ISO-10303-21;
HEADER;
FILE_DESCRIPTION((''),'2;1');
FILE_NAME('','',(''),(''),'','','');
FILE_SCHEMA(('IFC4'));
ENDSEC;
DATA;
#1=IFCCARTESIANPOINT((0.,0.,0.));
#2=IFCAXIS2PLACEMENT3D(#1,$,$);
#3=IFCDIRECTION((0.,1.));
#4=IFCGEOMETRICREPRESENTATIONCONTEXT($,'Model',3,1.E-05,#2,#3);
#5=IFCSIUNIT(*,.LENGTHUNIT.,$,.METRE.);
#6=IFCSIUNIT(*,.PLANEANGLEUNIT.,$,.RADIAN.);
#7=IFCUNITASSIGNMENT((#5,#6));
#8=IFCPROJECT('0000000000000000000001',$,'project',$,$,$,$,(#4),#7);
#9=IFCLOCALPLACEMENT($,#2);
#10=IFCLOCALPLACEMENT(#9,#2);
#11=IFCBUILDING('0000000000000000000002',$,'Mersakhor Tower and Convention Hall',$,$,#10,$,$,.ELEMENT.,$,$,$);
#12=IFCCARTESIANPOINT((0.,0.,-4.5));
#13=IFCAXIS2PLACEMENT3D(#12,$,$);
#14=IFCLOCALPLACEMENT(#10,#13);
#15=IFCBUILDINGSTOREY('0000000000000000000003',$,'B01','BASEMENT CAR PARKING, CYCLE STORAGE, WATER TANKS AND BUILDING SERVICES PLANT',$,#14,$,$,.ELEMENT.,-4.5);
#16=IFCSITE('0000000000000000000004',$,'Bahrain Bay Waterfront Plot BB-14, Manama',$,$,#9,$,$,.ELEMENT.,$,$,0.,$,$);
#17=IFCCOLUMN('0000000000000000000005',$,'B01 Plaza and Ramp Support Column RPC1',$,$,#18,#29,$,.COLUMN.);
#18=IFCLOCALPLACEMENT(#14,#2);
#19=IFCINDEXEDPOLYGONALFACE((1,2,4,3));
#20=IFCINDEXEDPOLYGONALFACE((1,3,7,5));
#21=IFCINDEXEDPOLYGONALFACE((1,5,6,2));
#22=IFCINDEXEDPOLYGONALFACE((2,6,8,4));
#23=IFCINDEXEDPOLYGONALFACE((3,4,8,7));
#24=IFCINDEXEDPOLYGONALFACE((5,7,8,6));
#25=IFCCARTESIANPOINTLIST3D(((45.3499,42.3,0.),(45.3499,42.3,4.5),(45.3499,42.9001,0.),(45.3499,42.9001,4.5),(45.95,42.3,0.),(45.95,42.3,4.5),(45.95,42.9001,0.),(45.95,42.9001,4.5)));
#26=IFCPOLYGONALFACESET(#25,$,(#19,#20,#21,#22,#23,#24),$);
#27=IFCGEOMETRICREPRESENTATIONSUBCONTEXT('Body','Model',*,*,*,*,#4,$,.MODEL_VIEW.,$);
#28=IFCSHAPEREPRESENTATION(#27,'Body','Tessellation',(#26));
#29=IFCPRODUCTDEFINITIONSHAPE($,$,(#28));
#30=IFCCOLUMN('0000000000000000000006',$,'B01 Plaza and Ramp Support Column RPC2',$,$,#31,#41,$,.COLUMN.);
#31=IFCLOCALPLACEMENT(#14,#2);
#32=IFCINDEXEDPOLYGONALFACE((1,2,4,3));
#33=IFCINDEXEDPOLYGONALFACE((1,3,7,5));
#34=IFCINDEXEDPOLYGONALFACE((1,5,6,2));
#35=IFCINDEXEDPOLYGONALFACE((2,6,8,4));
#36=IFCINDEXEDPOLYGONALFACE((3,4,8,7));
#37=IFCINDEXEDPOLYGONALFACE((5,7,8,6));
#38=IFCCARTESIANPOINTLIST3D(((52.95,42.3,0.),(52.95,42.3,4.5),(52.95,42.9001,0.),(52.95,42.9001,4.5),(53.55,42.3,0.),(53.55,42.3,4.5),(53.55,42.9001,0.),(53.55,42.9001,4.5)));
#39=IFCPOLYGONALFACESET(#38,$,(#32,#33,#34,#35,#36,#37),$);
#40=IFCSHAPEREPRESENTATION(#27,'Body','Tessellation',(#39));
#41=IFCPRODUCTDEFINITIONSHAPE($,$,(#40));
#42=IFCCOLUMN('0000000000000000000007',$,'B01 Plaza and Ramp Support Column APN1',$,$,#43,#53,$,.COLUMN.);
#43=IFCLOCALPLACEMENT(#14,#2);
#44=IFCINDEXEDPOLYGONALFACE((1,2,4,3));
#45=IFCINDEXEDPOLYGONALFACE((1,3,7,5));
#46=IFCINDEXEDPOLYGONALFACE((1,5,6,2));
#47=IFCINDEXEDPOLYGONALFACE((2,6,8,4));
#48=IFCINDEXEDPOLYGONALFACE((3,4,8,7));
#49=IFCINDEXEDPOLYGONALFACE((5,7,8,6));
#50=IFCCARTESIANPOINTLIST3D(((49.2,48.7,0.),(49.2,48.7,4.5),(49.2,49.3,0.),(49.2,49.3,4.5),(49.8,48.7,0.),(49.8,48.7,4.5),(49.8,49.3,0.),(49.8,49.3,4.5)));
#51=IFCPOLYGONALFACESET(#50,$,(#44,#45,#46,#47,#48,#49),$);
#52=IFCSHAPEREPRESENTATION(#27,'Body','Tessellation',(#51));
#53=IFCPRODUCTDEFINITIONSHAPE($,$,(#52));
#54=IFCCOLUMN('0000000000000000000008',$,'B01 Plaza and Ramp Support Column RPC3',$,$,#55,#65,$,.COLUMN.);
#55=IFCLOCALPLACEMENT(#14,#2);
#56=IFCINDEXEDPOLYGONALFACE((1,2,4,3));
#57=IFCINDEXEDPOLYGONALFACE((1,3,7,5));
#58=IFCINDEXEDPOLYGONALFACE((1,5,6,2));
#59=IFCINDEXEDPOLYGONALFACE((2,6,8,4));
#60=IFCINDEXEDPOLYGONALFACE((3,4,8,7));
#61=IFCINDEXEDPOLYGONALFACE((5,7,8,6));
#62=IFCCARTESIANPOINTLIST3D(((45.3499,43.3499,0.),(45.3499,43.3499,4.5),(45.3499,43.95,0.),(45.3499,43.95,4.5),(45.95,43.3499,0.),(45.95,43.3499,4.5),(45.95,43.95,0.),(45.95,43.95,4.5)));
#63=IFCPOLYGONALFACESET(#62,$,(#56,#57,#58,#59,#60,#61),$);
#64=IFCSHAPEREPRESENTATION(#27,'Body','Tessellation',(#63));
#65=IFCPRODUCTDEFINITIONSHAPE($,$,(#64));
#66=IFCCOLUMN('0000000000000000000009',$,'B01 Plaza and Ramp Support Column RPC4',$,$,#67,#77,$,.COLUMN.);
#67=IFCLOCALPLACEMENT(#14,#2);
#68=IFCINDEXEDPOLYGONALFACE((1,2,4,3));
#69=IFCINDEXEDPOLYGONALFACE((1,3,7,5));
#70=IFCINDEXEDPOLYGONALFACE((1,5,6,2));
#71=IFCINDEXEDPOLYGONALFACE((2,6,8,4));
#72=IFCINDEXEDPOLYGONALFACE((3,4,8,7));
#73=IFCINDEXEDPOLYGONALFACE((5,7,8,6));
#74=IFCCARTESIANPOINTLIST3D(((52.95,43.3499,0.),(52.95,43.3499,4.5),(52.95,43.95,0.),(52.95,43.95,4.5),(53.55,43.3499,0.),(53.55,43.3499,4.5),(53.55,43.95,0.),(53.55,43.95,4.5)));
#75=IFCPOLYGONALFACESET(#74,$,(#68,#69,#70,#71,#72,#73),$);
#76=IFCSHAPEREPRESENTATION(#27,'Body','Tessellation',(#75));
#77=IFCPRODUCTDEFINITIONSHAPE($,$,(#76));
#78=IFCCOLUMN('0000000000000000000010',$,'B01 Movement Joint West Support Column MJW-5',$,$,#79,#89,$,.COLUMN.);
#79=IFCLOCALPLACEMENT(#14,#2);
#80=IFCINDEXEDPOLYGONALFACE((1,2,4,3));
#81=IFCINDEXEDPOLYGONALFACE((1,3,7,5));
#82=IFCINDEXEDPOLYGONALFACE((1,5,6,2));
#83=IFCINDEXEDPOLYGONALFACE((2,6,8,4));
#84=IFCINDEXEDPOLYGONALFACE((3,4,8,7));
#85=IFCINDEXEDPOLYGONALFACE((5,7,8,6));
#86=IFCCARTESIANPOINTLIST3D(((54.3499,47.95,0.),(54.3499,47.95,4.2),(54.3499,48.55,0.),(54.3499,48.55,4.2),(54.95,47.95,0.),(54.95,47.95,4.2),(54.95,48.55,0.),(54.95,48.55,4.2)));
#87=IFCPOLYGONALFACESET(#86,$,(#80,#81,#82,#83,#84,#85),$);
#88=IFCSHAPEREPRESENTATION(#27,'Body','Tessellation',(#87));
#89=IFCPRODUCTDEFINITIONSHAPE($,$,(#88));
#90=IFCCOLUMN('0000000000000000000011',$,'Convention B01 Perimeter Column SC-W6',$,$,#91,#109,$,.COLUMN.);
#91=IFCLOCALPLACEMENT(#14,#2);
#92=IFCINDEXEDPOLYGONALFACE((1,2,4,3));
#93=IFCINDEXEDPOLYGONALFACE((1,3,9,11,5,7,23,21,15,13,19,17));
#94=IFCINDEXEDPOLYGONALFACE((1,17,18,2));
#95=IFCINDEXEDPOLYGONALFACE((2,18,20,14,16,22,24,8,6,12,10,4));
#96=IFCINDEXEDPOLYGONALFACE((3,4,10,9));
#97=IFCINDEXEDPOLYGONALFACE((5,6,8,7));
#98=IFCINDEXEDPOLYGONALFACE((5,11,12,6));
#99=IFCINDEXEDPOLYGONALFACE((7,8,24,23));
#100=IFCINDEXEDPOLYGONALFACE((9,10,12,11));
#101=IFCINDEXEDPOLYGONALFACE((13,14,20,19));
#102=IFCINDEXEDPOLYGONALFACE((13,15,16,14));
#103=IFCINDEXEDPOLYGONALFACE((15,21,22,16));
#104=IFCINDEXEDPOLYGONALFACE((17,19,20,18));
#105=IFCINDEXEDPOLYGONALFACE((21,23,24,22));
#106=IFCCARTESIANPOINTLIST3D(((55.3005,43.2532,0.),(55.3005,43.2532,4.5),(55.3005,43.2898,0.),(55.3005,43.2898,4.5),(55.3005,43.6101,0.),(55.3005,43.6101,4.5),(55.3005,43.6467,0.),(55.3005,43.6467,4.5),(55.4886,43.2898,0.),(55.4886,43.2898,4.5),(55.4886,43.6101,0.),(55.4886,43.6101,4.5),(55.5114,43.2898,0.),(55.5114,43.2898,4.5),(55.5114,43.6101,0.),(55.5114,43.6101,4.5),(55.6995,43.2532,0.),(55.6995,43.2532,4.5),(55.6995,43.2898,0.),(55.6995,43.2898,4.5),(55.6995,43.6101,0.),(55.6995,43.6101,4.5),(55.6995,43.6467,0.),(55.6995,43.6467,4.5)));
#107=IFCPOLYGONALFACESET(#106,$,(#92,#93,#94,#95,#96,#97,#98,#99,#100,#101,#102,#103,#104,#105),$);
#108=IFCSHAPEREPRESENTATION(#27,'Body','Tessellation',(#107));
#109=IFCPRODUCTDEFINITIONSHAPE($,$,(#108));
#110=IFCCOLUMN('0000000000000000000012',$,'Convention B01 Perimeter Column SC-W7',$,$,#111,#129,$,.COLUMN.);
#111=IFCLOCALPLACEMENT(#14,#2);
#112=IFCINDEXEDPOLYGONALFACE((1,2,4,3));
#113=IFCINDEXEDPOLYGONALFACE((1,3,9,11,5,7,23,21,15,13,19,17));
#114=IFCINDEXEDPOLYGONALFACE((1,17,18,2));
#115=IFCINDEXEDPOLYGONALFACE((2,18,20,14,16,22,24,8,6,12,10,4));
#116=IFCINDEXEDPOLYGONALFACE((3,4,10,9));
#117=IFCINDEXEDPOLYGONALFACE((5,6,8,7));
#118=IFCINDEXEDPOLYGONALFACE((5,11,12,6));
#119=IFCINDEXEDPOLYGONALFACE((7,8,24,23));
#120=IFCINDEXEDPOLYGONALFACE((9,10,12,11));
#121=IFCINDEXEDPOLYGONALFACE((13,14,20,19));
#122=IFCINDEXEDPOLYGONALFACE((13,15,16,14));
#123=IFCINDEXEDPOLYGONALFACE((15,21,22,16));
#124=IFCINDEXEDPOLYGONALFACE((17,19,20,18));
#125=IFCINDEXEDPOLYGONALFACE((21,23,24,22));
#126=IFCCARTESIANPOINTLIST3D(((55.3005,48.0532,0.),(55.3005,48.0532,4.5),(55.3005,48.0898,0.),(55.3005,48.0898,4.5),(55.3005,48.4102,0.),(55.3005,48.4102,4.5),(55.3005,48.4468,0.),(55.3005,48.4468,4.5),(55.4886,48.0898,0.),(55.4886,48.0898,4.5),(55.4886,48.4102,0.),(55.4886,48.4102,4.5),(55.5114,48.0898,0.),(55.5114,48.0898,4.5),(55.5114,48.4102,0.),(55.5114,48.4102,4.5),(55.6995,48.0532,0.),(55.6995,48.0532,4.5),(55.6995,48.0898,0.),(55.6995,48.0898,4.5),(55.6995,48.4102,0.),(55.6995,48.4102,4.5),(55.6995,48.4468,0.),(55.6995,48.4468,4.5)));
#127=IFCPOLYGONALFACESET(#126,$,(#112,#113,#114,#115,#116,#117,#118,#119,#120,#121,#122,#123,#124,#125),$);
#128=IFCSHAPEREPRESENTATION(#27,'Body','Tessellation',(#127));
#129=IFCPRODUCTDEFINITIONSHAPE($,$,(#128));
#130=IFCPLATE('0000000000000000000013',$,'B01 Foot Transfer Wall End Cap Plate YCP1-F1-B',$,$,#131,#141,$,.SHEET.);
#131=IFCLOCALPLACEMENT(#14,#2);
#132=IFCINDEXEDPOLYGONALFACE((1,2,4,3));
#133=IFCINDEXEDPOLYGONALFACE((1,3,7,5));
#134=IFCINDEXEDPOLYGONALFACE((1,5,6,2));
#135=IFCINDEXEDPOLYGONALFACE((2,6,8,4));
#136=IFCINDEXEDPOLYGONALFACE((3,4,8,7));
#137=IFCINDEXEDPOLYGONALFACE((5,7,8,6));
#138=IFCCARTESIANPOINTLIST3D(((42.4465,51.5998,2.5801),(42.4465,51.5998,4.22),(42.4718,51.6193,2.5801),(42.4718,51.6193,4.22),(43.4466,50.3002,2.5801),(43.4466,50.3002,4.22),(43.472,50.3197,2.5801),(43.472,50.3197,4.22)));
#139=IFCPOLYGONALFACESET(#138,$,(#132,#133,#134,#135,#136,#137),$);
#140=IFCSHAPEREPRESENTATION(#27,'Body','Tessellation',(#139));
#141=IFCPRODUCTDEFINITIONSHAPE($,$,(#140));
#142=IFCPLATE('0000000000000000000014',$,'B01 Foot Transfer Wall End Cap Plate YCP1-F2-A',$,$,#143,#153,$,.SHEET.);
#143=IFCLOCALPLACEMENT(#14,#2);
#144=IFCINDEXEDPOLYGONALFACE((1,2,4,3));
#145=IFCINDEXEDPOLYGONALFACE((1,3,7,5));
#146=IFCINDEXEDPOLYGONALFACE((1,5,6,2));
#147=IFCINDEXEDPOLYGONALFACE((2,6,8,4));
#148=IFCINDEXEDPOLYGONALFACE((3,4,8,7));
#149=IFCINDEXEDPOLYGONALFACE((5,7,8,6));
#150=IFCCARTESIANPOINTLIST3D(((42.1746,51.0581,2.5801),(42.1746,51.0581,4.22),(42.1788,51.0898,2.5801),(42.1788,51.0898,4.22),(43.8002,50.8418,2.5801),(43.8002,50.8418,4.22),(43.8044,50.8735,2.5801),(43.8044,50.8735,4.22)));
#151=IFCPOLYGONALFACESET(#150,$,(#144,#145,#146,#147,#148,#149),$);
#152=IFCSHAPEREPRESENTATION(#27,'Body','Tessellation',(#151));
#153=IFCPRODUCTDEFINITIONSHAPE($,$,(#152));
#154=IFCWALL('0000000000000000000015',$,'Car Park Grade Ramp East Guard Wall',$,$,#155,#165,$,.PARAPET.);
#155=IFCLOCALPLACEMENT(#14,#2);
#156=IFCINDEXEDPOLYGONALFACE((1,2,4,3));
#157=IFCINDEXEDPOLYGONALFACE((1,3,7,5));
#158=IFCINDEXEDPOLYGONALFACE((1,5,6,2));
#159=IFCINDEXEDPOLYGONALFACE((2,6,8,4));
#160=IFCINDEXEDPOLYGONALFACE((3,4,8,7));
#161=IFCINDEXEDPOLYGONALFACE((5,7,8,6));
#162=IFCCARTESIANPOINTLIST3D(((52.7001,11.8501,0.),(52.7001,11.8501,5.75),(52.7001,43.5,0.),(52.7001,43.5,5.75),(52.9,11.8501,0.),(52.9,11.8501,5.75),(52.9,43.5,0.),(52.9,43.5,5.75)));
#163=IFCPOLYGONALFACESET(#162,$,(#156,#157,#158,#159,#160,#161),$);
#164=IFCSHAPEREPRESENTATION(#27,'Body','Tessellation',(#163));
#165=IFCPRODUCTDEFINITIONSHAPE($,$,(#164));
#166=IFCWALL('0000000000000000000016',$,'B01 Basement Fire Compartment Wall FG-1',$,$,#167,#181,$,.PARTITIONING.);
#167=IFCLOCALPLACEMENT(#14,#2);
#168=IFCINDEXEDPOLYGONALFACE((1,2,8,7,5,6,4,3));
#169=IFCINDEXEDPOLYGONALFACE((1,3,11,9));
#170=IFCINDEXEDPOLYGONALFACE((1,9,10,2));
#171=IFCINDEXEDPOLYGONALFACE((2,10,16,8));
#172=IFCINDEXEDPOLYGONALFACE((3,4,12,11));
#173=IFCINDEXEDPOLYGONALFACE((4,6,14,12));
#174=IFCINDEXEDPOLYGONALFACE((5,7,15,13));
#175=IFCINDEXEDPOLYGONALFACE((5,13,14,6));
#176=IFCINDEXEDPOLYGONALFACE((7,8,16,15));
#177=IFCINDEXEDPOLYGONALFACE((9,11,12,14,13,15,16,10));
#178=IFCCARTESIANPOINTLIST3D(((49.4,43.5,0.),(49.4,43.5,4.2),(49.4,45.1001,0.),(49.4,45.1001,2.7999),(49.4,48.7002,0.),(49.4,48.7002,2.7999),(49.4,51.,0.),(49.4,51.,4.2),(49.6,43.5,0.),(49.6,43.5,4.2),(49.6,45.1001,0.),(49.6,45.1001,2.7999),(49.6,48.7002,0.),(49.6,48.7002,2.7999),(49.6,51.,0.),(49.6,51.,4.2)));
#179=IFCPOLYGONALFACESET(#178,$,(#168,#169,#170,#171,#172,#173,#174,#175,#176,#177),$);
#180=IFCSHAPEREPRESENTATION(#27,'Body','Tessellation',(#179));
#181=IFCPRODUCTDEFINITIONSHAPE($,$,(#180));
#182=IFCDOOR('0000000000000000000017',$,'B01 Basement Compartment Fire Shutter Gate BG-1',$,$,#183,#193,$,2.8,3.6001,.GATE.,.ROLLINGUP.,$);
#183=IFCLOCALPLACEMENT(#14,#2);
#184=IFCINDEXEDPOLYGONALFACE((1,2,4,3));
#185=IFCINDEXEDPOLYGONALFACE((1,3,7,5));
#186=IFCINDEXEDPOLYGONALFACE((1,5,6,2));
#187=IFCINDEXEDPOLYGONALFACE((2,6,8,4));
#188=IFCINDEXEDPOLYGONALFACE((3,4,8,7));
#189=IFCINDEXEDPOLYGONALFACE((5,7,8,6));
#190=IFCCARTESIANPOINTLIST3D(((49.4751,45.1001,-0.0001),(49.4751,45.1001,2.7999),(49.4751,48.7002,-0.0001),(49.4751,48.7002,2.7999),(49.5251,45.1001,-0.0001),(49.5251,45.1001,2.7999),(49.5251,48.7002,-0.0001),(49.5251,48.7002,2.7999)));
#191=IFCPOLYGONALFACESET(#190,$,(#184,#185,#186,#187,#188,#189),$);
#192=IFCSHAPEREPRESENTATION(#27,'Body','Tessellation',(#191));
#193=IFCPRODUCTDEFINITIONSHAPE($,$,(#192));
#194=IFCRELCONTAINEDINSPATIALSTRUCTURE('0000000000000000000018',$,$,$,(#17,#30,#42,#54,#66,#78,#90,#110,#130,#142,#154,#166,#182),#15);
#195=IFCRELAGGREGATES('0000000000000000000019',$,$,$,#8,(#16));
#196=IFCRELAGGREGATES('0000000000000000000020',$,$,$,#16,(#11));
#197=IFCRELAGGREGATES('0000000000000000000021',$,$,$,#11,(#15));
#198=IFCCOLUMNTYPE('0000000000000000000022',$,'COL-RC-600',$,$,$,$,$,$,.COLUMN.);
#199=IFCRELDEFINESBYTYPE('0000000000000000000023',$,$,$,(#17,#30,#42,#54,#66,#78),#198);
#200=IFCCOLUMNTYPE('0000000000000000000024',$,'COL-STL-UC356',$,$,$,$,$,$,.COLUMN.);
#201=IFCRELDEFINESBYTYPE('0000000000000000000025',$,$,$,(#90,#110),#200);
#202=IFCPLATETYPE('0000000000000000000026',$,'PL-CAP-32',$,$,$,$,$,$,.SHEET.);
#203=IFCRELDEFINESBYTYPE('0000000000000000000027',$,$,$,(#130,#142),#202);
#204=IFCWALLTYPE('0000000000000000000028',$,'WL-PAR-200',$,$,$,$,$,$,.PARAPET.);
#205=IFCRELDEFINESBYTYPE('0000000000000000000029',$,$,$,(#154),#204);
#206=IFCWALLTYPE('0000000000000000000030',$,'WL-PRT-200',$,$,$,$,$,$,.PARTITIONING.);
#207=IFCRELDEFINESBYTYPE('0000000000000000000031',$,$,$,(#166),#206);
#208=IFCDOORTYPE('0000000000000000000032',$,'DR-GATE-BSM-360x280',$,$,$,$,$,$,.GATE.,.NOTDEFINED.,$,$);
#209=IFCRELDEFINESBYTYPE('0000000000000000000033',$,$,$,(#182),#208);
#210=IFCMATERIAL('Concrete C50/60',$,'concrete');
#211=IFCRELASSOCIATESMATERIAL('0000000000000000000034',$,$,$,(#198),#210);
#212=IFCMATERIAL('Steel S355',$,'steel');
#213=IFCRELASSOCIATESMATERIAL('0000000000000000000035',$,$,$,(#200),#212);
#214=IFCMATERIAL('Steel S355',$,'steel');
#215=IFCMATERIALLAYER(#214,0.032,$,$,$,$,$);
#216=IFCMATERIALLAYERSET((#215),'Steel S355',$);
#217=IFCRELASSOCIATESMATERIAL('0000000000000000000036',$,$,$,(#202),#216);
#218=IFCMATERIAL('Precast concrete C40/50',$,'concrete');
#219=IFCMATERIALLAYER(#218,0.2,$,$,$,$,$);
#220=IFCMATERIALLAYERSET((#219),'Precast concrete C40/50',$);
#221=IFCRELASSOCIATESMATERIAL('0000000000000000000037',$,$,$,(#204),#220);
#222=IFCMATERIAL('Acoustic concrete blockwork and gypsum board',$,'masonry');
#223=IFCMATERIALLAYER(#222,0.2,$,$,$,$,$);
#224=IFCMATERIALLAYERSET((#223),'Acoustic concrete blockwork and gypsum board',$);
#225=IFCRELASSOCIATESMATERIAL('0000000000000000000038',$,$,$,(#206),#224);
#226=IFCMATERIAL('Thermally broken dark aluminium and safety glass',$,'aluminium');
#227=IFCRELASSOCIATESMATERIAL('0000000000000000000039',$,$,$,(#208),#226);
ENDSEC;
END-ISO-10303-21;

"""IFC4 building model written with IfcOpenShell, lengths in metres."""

from ifc_helpers import new_model, si_unit, direction, frame, frame_2d, origin, origin_2d, place, context, subcontext, project, spatial, rectangle, i_section, extrude, material, layer, layer_set, material_profile, profile_set, type_object, element, fill, save


model = new_model("IFC4")

# Units and contexts
model_context = context("Model", 3, precision=1e-05, world=origin(), true_north=direction((0.0, 1.0)))
body_context = subcontext(model_context, "Body", "Model", "MODEL_VIEW")
ifc_project = project(units=[si_unit("LENGTHUNIT", "METRE"), si_unit("PLANEANGLEUNIT", "RADIAN")], contexts=[model_context])

# Site, building, storey
site_placement = place(None, origin())
site = spatial("IfcSite", under=ifc_project, at=site_placement, Name="Bahrain Bay Waterfront Plot BB-14, Manama", CompositionType="ELEMENT", RefElevation=0.0)
building_placement = place(site_placement, origin())
building = spatial("IfcBuilding", under=site, at=building_placement, Name="Mersakhor Tower and Convention Hall", CompositionType="ELEMENT")
storey_placement = place(building_placement, frame((0.0, 0.0, -4.5)))
storey = spatial("IfcBuildingStorey", under=building, at=storey_placement, Name="B01", Description="BASEMENT CAR PARKING, CYCLE STORAGE, WATER TANKS AND BUILDING SERVICES PLANT", CompositionType="ELEMENT", Elevation=-4.5)

# Columns
ifc_material_1 = material(Name="Concrete C50/60", Category="concrete")
ifc_material_profile_1 = material_profile(ifc_material_1, rectangle(XDim=0.6001, YDim=0.6001, at=origin_2d()), Name="RC 600x600")
ifc_profile_set_1 = profile_set([ifc_material_profile_1], Name="Concrete C50/60")
column_type_1 = type_object("IfcColumnType", Name="COL-RC-600", PredefinedType="COLUMN", material=ifc_profile_set_1)
for number, where, z_axis, x_axis, name in (
    (1, (45.6499, 42.6001, 0.0), (0.0, 0.0, 1.0), (1.0, 0.0, 0.0), "B01 Plaza and Ramp Support Column RPC1"),
    (2, (53.25, 42.6001, 0.0), (0.0, 0.0, 1.0), (1.0, 0.0, 0.0), "B01 Plaza and Ramp Support Column RPC2"),
    (3, (49.5, 49.0, 0.0), (0.0, 0.0, 1.0), (1.0, 0.0, 0.0), "B01 Plaza and Ramp Support Column APN1"),
    (4, (45.6499, 43.6499, 0.0), (0.0, 0.0, 1.0), (1.0, 0.0, 0.0), "B01 Plaza and Ramp Support Column RPC3"),
    (5, (53.25, 43.6499, 0.0), (0.0, 0.0, 1.0), (1.0, 0.0, 0.0), "B01 Plaza and Ramp Support Column RPC4"),
):
    element("IfcColumn", number, at=place(storey_placement, frame(where, z_axis=z_axis, x_axis=x_axis)), inside=storey, type_object=column_type_1, Name=name, PredefinedType="COLUMN", context=body_context, shape_type="SweptSolid", body=[
        extrude(rectangle(XDim=0.6001, YDim=0.6001, at=origin_2d()), origin(), (0.0, 0.0, 1.0), 4.5),
    ])
column_placement = place(storey_placement, frame((54.6499, 48.25, 0.0), z_axis=(0.0, 0.0, 1.0), x_axis=(1.0, 0.0, 0.0)))
element("IfcColumn", 6, at=column_placement, inside=storey, type_object=column_type_1, Name="B01 Movement Joint West Support Column MJW-5", PredefinedType="COLUMN", context=body_context, shape_type="SweptSolid", body=[
    extrude(rectangle(XDim=0.6001, YDim=0.6001, at=origin_2d()), origin(), (0.0, 0.0, 1.0), 4.2),
])
ifc_material_2 = material(Name="Steel S355", Category="steel")
ifc_material_profile_2 = material_profile(ifc_material_2, i_section(OverallWidth=0.3989, OverallDepth=0.3936, WebThickness=0.0227, FlangeThickness=0.0366, at=origin_2d()), Name="UC 356x406x287")
ifc_profile_set_2 = profile_set([ifc_material_profile_2], Name="Steel S355")
column_type_2 = type_object("IfcColumnType", Name="COL-STL-UC356", PredefinedType="COLUMN", material=ifc_profile_set_2)
for number, where, z_axis, x_axis, name in (
    (7, (55.5, 43.45, 0.0), (0.0, 0.0, 1.0), (1.0, 0.0, 0.0), "Convention B01 Perimeter Column SC-W6"),
    (8, (55.5, 48.25, 0.0), (0.0, 0.0, 1.0), (1.0, 0.0, 0.0), "Convention B01 Perimeter Column SC-W7"),
):
    element("IfcColumn", number, at=place(storey_placement, frame(where, z_axis=z_axis, x_axis=x_axis)), inside=storey, type_object=column_type_2, Name=name, PredefinedType="COLUMN", context=body_context, shape_type="SweptSolid", body=[
        extrude(i_section(OverallWidth=0.3989, OverallDepth=0.3936, WebThickness=0.0227, FlangeThickness=0.0366, at=origin_2d()), origin(), (0.0, 0.0, 1.0), 4.5),
    ])

# Plates
ifc_material_3 = material(Name="Steel S355", Category="steel")
ifc_layer_1 = layer(ifc_material_3, 0.032)
ifc_layer_set_1 = layer_set([ifc_layer_1], Name="Steel S355")
plate_type = type_object("IfcPlateType", Name="PL-CAP-32", PredefinedType="SHEET", material=ifc_layer_set_1)
for number, where, z_axis, x_axis, name in (
    (9, (42.9592, 50.9597, 2.5801), (0.0, 0.0, 1.0), (0.792503, 0.609869, 0.0), "B01 Foot Transfer Wall End Cap Plate YCP1-F1-B"),
    (10, (42.9895, 50.9658, 2.5801), (0.0, 0.0, 1.0), (0.13191, 0.991262, 0.0), "B01 Foot Transfer Wall End Cap Plate YCP1-F2-A"),
):
    element("IfcPlate", number, at=place(storey_placement, frame(where, z_axis=z_axis, x_axis=x_axis)), inside=storey, type_object=plate_type, Name=name, PredefinedType="SHEET", context=body_context, shape_type="SweptSolid", body=[
        extrude(rectangle(XDim=0.032, YDim=1.6399, at=origin_2d()), origin(), (0.0, 0.0, 1.0), 1.6399),
    ])

# Wall
ifc_material_4 = material(Name="Precast concrete C40/50", Category="concrete")
ifc_layer_2 = layer(ifc_material_4, 0.2)
ifc_layer_set_2 = layer_set([ifc_layer_2], Name="Precast concrete C40/50")
wall_type_1 = type_object("IfcWallType", Name="WL-PAR-200", PredefinedType="PARAPET", material=ifc_layer_set_2)
wall_1_placement = place(storey_placement, frame((52.8, 43.5, 0.0), z_axis=(0.0, 0.0, 1.0), x_axis=(0.0, -1.0, 0.0)))
element("IfcWall", 11, at=wall_1_placement, inside=storey, type_object=wall_type_1, Name="Car Park Grade Ramp East Guard Wall", PredefinedType="PARAPET", context=body_context, shape_type="SweptSolid", body=[
    extrude(rectangle(XDim=31.6499, YDim=0.2, at=frame_2d((15.825, 0.0))), origin(), (0.0, 0.0, 1.0), 5.75),
])

# Wall, opening, door
ifc_material_5 = material(Name="Acoustic concrete blockwork and gypsum board", Category="masonry")
ifc_layer_3 = layer(ifc_material_5, 0.2)
ifc_layer_set_3 = layer_set([ifc_layer_3], Name="Acoustic concrete blockwork and gypsum board")
wall_type_2 = type_object("IfcWallType", Name="WL-PRT-200", PredefinedType="PARTITIONING", material=ifc_layer_set_3)
wall_2_placement = place(storey_placement, frame((49.5, 43.5, 0.0), z_axis=(0.0, 0.0, 1.0), x_axis=(0.0, 1.0, 0.0)))
wall_2 = element("IfcWall", 12, at=wall_2_placement, inside=storey, type_object=wall_type_2, Name="B01 Basement Fire Compartment Wall FG-1", PredefinedType="PARTITIONING", context=body_context, shape_type="SweptSolid", body=[
    extrude(rectangle(XDim=7.5, YDim=0.2, at=frame_2d((3.75, 0.0))), origin(), (0.0, 0.0, 1.0), 4.2),
])
opening_placement = place(wall_2_placement, frame((1.6001, 0.0, 0.0)))
opening = element("IfcOpeningElement", 13, at=opening_placement, cuts=wall_2, PredefinedType="OPENING", context=body_context, shape_type="SweptSolid", body=[
    extrude(rectangle(XDim=3.6001, YDim=2.8, at=frame_2d((1.8, 1.3999))), frame((0.0, 0.1099, 0.0), z_axis=(0.0, -1.0, 0.0), x_axis=(1.0, 0.0, 0.0)), (0.0, 0.0, 1.0), 0.22),
])
ifc_material_6 = material(Name="Thermally broken dark aluminium and safety glass", Category="aluminium")
door_type = type_object("IfcDoorType", Name="DR-GATE-BSM-360x280", OperationType="NOTDEFINED", PredefinedType="GATE", material=ifc_material_6)
door_placement = place(opening_placement, origin())
door = element("IfcDoor", 14, at=door_placement, inside=storey, type_object=door_type, Name="B01 Basement Compartment Fire Shutter Gate BG-1", OperationType="ROLLINGUP", OverallHeight=2.8, OverallWidth=3.6001, PredefinedType="GATE", context=body_context, shape_type="SweptSolid", body=[
    extrude(rectangle(XDim=3.6001, YDim=2.8, at=frame_2d((1.8, 1.3999))), frame((0.0, 0.0249, 0.0), z_axis=(0.0, -1.0, 0.0), x_axis=(1.0, 0.0, 0.0)), (0.0, 0.0, 1.0), 0.05),
])
fill(opening, door)

save(model, "model.ifc")
